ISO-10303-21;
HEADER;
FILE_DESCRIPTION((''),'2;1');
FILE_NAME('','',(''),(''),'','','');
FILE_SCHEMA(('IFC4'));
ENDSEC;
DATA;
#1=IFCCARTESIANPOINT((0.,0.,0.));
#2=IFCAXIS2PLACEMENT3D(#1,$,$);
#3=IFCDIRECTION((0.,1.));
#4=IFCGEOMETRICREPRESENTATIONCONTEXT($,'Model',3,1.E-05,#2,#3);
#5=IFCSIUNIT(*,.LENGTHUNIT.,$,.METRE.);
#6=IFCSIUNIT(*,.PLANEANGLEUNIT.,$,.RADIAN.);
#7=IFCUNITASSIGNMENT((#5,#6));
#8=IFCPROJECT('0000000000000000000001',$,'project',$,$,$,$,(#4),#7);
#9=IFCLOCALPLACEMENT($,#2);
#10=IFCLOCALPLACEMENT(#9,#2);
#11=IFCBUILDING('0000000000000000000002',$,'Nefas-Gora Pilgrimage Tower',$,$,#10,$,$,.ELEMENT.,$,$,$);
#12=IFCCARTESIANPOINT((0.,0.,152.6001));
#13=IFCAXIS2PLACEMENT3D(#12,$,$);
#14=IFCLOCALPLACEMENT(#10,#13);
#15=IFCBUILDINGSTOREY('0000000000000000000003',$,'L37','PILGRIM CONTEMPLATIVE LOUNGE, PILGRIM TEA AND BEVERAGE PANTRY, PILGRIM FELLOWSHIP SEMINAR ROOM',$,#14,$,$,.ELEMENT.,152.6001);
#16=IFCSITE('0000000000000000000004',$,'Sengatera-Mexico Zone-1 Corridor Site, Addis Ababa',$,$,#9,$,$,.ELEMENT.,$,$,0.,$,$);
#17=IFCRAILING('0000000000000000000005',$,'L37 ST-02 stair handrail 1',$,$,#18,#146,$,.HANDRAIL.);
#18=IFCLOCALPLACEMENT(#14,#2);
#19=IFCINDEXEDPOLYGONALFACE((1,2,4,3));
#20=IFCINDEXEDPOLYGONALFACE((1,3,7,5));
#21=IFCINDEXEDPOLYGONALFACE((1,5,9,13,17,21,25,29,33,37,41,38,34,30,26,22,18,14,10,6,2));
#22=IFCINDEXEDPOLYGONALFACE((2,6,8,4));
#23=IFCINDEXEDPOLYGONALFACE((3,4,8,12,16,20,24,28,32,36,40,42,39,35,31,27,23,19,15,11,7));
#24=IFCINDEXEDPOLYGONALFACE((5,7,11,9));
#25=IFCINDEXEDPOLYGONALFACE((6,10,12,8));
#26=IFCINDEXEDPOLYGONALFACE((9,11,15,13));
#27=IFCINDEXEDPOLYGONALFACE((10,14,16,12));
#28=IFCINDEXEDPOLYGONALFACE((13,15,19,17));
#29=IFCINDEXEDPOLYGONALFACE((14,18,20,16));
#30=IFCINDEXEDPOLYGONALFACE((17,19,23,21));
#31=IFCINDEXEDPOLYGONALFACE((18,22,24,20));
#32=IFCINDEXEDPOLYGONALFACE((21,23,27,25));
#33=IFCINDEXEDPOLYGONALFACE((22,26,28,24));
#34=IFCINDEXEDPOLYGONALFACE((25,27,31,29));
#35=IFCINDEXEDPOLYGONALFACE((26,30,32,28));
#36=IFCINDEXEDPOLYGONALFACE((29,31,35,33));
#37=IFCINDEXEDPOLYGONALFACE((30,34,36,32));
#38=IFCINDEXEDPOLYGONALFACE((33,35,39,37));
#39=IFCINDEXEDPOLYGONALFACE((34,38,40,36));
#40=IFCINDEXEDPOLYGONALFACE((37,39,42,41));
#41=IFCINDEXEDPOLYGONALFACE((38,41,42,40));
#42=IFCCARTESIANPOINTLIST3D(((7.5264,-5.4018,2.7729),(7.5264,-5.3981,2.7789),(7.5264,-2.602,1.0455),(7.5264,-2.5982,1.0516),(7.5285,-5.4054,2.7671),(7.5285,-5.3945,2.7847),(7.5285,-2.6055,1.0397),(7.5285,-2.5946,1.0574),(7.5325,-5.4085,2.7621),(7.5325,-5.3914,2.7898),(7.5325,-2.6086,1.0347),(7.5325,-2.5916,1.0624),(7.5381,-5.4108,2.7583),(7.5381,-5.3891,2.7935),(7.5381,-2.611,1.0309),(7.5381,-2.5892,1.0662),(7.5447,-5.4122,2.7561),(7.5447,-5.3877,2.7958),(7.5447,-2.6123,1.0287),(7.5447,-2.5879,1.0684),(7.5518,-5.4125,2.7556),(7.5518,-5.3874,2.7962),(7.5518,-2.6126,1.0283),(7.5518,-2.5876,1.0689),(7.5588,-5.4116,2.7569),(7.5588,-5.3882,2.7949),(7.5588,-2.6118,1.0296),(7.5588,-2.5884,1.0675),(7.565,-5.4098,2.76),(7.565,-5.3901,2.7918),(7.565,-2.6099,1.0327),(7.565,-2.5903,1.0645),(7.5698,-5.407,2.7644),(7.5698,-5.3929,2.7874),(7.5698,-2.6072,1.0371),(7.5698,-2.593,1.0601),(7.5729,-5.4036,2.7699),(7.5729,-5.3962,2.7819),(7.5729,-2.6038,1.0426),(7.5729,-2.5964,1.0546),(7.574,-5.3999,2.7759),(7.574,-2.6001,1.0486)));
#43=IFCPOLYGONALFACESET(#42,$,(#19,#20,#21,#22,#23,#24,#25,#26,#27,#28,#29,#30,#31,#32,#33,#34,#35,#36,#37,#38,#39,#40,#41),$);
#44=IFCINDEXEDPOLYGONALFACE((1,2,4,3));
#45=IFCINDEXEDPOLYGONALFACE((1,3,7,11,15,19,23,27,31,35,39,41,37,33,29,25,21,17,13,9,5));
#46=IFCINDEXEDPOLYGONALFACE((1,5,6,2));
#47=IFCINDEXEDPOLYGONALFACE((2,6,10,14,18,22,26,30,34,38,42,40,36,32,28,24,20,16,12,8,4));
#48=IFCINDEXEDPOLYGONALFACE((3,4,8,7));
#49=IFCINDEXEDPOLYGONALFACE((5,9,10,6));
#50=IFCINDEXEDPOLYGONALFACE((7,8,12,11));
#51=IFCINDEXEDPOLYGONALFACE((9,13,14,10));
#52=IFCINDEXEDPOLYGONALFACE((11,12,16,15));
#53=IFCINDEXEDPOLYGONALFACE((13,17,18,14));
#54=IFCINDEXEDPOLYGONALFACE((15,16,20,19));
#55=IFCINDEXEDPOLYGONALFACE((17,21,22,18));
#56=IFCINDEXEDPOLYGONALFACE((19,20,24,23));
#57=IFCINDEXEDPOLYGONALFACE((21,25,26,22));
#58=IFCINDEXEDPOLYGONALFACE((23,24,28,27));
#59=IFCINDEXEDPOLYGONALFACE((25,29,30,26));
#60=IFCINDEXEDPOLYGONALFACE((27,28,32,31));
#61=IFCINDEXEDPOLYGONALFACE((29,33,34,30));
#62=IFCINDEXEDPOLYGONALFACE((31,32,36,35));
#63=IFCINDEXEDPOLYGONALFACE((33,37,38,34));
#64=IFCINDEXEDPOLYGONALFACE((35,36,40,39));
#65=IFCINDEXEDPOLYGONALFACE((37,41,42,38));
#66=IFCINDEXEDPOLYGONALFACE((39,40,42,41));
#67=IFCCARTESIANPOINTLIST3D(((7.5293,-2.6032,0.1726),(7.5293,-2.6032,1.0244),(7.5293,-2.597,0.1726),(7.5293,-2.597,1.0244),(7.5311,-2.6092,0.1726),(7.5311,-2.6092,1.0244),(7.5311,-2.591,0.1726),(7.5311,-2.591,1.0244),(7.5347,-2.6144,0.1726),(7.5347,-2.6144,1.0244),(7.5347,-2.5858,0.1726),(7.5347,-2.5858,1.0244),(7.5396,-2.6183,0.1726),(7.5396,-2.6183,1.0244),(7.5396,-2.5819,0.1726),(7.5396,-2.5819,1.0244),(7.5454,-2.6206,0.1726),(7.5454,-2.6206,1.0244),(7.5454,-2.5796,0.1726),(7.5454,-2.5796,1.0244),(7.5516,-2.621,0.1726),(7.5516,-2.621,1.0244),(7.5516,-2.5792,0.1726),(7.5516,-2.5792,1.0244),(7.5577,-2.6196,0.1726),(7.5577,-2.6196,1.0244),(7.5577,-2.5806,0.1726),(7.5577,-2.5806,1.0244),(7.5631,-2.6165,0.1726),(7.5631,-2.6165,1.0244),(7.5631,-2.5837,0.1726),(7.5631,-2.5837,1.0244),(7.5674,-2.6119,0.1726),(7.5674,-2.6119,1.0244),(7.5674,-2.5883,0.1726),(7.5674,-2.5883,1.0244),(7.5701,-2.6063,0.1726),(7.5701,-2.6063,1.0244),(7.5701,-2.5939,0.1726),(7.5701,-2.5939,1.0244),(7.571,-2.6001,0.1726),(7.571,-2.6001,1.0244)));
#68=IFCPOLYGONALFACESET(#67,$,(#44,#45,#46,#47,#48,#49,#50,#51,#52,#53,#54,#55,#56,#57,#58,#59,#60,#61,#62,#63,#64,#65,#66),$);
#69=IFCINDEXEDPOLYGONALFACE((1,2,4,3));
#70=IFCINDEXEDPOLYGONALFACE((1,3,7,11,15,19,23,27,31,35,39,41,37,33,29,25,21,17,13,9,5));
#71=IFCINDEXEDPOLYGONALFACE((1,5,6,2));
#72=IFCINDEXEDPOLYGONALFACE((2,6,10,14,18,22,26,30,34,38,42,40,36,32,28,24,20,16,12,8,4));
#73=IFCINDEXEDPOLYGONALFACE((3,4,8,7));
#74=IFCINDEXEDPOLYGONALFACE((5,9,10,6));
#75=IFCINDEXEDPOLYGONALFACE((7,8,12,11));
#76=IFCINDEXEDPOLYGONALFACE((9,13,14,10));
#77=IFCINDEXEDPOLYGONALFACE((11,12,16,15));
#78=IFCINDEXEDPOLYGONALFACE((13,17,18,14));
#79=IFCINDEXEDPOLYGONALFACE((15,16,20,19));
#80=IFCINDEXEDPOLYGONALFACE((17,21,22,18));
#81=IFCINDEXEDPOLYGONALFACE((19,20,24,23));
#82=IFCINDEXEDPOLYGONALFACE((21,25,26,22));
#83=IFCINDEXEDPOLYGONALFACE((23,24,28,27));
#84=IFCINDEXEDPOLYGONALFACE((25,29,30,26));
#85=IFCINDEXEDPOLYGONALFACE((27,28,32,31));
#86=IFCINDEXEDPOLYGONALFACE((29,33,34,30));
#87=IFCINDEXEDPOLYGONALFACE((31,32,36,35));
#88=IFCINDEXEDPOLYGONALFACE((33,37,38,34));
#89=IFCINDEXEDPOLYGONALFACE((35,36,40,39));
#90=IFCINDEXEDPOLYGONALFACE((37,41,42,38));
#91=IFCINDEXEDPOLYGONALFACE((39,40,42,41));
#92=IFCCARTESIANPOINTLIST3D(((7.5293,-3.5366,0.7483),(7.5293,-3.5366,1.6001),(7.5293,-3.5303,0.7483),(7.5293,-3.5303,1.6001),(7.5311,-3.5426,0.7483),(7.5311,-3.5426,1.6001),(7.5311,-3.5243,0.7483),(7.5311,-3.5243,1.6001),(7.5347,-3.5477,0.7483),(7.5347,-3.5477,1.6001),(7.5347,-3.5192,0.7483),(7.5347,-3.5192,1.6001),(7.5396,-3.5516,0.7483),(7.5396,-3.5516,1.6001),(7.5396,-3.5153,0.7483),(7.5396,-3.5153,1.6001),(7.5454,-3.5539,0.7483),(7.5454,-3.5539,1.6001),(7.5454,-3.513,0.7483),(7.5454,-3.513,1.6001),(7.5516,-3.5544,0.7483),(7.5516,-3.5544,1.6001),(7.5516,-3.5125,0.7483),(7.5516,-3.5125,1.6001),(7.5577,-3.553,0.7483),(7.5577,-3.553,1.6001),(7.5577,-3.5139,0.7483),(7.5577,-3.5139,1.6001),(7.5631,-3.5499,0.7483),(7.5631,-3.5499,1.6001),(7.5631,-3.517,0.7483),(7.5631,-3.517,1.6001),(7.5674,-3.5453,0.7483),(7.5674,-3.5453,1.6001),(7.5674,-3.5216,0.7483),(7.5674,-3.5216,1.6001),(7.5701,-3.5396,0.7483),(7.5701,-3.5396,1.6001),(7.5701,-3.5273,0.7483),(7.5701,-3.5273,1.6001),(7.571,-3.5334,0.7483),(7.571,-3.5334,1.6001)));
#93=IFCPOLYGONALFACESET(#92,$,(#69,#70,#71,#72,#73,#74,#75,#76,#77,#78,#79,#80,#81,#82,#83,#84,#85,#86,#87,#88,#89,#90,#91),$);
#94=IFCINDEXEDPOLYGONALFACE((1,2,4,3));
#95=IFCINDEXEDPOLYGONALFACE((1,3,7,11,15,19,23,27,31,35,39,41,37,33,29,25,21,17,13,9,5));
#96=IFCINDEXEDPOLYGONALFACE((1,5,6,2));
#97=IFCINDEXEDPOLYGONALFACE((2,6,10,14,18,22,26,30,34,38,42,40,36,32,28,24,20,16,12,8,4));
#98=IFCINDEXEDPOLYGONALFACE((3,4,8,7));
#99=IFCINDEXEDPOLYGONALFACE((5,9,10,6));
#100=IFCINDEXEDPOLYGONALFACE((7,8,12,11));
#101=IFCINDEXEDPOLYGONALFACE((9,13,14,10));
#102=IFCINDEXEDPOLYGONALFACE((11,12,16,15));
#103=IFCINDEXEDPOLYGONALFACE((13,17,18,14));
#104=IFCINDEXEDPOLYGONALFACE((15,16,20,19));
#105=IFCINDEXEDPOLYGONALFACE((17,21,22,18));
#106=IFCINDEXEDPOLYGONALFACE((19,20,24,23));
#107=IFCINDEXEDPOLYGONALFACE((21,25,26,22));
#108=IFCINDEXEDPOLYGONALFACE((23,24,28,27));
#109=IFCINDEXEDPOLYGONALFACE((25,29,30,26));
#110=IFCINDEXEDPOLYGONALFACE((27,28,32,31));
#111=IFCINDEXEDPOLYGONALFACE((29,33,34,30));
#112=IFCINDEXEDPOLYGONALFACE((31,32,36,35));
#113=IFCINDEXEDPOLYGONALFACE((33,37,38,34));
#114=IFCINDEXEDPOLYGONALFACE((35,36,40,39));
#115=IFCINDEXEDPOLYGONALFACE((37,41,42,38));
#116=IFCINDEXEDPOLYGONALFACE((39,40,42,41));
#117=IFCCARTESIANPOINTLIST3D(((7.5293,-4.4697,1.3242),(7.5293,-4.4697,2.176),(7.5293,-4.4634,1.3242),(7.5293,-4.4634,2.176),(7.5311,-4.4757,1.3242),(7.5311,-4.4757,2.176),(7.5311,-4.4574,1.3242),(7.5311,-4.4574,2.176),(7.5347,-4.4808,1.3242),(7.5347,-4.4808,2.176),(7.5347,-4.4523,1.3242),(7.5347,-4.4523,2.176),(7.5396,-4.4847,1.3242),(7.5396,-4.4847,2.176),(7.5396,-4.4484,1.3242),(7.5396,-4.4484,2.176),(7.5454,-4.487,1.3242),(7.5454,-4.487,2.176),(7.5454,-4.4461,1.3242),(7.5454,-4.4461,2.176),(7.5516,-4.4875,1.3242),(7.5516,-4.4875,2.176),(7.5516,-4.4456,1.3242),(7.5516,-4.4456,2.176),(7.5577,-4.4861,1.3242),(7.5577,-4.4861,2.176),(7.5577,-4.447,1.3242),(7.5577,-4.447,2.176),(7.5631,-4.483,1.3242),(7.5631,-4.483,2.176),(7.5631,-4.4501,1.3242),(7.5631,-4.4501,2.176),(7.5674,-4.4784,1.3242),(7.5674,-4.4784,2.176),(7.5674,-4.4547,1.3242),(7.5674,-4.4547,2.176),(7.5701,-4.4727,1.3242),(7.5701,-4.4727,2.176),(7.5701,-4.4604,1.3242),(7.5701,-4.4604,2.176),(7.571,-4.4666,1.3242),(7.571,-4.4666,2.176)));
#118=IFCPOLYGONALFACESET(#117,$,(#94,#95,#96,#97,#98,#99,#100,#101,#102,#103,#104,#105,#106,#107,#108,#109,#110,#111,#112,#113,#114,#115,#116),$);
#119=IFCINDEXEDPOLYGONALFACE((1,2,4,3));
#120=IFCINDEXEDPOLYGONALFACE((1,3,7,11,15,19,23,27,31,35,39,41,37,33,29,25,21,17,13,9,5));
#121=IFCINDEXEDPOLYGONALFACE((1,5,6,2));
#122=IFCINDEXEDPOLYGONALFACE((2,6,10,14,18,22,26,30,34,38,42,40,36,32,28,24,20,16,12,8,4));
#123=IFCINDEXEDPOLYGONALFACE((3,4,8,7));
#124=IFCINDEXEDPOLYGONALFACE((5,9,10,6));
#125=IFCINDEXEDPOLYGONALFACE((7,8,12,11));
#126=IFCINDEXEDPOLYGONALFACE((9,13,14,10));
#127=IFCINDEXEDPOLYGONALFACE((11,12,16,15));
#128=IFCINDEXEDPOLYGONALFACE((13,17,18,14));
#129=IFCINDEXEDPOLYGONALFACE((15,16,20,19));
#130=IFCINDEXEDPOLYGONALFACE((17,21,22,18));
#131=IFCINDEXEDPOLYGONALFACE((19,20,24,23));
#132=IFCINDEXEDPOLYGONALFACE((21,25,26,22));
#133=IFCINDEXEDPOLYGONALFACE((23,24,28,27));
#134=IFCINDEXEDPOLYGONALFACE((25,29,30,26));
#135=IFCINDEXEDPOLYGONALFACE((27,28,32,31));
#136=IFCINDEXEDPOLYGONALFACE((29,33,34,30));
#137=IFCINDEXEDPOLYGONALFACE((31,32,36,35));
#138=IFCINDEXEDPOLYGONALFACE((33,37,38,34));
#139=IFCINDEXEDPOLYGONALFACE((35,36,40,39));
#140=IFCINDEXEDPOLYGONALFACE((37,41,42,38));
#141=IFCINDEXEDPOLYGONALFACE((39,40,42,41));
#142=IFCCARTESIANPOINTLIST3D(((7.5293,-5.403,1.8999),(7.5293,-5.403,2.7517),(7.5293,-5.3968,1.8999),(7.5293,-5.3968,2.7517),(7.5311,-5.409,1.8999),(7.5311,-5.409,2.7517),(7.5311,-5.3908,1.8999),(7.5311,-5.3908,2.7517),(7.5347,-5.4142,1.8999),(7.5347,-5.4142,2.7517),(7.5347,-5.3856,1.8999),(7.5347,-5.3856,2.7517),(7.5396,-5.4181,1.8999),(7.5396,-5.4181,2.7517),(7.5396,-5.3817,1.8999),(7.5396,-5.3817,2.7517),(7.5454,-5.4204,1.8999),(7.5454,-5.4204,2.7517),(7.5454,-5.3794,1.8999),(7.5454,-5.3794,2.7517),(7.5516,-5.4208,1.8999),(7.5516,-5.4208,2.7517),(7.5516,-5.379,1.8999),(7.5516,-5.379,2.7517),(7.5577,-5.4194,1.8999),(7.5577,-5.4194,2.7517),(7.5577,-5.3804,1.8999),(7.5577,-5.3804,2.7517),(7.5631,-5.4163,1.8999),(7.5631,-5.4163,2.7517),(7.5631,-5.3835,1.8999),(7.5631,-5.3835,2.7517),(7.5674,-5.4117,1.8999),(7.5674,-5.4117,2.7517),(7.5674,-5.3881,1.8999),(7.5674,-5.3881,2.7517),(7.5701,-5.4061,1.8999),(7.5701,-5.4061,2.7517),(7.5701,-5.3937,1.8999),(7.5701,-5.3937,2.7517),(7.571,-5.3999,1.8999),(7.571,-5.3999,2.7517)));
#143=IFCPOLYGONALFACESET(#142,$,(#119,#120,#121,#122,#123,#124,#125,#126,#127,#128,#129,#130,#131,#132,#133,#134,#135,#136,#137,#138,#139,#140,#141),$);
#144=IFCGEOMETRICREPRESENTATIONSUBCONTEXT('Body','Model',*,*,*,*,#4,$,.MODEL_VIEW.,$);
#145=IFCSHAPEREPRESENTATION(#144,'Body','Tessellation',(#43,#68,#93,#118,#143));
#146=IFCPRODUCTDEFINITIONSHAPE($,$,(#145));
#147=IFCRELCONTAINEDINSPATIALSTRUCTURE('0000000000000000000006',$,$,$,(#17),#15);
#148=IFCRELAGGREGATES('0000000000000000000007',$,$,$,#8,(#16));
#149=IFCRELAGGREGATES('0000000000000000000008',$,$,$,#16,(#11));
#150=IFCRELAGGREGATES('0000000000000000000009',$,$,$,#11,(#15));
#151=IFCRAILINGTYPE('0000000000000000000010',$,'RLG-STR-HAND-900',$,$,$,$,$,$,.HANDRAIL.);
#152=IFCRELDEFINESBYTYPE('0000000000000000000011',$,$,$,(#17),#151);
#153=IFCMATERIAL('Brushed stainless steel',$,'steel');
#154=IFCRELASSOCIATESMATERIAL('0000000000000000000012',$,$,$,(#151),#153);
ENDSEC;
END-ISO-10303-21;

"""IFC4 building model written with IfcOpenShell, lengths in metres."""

from ifc_helpers import new_model, si_unit, direction, frame, origin, origin_2d, place, context, subcontext, project, spatial, circle, extrude, material, type_object, element, save


model = new_model("IFC4")

# Units and contexts
model_context = context("Model", 3, precision=1e-05, world=origin(), true_north=direction((0.0, 1.0)))
body_context = subcontext(model_context, "Body", "Model", "MODEL_VIEW")
ifc_project = project(units=[si_unit("LENGTHUNIT", "METRE"), si_unit("PLANEANGLEUNIT", "RADIAN")], contexts=[model_context])

# Site, building, storey
site_placement = place(None, origin())
site = spatial("IfcSite", under=ifc_project, at=site_placement, Name="Sengatera-Mexico Zone-1 Corridor Site, Addis Ababa", CompositionType="ELEMENT", RefElevation=0.0)
building_placement = place(site_placement, origin())
building = spatial("IfcBuilding", under=site, at=building_placement, Name="Nefas-Gora Pilgrimage Tower", CompositionType="ELEMENT")
storey_placement = place(building_placement, frame((0.0, 0.0, 152.6001)))
storey = spatial("IfcBuildingStorey", under=building, at=storey_placement, Name="L37", Description="PILGRIM CONTEMPLATIVE LOUNGE, PILGRIM TEA AND BEVERAGE PANTRY, PILGRIM FELLOWSHIP SEMINAR ROOM", CompositionType="ELEMENT", Elevation=152.6001)

# Railing
ifc_material_1 = material(Name="Brushed stainless steel", Category="steel")
railing_type_1 = type_object("IfcRailingType", Name="RLG-STR-HAND-900", PredefinedType="HANDRAIL", material=ifc_material_1)
railing_1_placement = place(storey_placement, frame((7.55, -2.6001, 0.1726)))
element("IfcRailing", 1, at=railing_1_placement, inside=storey, type_object=railing_type_1, Name="L37 ST-02 stair handrail 1", PredefinedType="HANDRAIL", context=body_context, shape_type="SweptSolid", body=[
    extrude(circle(Radius=0.0239, at=origin_2d()), frame((0.0, 0.0, 0.876), z_axis=(0.0, -0.851069, 0.525054), x_axis=(1.0, 0.0, 0.0)), (0.0, 0.0, 1.0), 3.2898),
    extrude(circle(Radius=0.021, at=origin_2d()), origin(), (0.0, 0.0, 1.0), 0.8518),
    extrude(circle(Radius=0.021, at=origin_2d()), frame((0.0, -0.9333, 0.5757)), (0.0, 0.0, 1.0), 0.8518),
    extrude(circle(Radius=0.021, at=origin_2d()), frame((0.0, -1.8665, 1.1516)), (0.0, 0.0, 1.0), 0.8518),
    extrude(circle(Radius=0.021, at=origin_2d()), frame((0.0, -2.7998, 1.7273)), (0.0, 0.0, 1.0), 0.8518),
])

save(model, "model.ifc")
